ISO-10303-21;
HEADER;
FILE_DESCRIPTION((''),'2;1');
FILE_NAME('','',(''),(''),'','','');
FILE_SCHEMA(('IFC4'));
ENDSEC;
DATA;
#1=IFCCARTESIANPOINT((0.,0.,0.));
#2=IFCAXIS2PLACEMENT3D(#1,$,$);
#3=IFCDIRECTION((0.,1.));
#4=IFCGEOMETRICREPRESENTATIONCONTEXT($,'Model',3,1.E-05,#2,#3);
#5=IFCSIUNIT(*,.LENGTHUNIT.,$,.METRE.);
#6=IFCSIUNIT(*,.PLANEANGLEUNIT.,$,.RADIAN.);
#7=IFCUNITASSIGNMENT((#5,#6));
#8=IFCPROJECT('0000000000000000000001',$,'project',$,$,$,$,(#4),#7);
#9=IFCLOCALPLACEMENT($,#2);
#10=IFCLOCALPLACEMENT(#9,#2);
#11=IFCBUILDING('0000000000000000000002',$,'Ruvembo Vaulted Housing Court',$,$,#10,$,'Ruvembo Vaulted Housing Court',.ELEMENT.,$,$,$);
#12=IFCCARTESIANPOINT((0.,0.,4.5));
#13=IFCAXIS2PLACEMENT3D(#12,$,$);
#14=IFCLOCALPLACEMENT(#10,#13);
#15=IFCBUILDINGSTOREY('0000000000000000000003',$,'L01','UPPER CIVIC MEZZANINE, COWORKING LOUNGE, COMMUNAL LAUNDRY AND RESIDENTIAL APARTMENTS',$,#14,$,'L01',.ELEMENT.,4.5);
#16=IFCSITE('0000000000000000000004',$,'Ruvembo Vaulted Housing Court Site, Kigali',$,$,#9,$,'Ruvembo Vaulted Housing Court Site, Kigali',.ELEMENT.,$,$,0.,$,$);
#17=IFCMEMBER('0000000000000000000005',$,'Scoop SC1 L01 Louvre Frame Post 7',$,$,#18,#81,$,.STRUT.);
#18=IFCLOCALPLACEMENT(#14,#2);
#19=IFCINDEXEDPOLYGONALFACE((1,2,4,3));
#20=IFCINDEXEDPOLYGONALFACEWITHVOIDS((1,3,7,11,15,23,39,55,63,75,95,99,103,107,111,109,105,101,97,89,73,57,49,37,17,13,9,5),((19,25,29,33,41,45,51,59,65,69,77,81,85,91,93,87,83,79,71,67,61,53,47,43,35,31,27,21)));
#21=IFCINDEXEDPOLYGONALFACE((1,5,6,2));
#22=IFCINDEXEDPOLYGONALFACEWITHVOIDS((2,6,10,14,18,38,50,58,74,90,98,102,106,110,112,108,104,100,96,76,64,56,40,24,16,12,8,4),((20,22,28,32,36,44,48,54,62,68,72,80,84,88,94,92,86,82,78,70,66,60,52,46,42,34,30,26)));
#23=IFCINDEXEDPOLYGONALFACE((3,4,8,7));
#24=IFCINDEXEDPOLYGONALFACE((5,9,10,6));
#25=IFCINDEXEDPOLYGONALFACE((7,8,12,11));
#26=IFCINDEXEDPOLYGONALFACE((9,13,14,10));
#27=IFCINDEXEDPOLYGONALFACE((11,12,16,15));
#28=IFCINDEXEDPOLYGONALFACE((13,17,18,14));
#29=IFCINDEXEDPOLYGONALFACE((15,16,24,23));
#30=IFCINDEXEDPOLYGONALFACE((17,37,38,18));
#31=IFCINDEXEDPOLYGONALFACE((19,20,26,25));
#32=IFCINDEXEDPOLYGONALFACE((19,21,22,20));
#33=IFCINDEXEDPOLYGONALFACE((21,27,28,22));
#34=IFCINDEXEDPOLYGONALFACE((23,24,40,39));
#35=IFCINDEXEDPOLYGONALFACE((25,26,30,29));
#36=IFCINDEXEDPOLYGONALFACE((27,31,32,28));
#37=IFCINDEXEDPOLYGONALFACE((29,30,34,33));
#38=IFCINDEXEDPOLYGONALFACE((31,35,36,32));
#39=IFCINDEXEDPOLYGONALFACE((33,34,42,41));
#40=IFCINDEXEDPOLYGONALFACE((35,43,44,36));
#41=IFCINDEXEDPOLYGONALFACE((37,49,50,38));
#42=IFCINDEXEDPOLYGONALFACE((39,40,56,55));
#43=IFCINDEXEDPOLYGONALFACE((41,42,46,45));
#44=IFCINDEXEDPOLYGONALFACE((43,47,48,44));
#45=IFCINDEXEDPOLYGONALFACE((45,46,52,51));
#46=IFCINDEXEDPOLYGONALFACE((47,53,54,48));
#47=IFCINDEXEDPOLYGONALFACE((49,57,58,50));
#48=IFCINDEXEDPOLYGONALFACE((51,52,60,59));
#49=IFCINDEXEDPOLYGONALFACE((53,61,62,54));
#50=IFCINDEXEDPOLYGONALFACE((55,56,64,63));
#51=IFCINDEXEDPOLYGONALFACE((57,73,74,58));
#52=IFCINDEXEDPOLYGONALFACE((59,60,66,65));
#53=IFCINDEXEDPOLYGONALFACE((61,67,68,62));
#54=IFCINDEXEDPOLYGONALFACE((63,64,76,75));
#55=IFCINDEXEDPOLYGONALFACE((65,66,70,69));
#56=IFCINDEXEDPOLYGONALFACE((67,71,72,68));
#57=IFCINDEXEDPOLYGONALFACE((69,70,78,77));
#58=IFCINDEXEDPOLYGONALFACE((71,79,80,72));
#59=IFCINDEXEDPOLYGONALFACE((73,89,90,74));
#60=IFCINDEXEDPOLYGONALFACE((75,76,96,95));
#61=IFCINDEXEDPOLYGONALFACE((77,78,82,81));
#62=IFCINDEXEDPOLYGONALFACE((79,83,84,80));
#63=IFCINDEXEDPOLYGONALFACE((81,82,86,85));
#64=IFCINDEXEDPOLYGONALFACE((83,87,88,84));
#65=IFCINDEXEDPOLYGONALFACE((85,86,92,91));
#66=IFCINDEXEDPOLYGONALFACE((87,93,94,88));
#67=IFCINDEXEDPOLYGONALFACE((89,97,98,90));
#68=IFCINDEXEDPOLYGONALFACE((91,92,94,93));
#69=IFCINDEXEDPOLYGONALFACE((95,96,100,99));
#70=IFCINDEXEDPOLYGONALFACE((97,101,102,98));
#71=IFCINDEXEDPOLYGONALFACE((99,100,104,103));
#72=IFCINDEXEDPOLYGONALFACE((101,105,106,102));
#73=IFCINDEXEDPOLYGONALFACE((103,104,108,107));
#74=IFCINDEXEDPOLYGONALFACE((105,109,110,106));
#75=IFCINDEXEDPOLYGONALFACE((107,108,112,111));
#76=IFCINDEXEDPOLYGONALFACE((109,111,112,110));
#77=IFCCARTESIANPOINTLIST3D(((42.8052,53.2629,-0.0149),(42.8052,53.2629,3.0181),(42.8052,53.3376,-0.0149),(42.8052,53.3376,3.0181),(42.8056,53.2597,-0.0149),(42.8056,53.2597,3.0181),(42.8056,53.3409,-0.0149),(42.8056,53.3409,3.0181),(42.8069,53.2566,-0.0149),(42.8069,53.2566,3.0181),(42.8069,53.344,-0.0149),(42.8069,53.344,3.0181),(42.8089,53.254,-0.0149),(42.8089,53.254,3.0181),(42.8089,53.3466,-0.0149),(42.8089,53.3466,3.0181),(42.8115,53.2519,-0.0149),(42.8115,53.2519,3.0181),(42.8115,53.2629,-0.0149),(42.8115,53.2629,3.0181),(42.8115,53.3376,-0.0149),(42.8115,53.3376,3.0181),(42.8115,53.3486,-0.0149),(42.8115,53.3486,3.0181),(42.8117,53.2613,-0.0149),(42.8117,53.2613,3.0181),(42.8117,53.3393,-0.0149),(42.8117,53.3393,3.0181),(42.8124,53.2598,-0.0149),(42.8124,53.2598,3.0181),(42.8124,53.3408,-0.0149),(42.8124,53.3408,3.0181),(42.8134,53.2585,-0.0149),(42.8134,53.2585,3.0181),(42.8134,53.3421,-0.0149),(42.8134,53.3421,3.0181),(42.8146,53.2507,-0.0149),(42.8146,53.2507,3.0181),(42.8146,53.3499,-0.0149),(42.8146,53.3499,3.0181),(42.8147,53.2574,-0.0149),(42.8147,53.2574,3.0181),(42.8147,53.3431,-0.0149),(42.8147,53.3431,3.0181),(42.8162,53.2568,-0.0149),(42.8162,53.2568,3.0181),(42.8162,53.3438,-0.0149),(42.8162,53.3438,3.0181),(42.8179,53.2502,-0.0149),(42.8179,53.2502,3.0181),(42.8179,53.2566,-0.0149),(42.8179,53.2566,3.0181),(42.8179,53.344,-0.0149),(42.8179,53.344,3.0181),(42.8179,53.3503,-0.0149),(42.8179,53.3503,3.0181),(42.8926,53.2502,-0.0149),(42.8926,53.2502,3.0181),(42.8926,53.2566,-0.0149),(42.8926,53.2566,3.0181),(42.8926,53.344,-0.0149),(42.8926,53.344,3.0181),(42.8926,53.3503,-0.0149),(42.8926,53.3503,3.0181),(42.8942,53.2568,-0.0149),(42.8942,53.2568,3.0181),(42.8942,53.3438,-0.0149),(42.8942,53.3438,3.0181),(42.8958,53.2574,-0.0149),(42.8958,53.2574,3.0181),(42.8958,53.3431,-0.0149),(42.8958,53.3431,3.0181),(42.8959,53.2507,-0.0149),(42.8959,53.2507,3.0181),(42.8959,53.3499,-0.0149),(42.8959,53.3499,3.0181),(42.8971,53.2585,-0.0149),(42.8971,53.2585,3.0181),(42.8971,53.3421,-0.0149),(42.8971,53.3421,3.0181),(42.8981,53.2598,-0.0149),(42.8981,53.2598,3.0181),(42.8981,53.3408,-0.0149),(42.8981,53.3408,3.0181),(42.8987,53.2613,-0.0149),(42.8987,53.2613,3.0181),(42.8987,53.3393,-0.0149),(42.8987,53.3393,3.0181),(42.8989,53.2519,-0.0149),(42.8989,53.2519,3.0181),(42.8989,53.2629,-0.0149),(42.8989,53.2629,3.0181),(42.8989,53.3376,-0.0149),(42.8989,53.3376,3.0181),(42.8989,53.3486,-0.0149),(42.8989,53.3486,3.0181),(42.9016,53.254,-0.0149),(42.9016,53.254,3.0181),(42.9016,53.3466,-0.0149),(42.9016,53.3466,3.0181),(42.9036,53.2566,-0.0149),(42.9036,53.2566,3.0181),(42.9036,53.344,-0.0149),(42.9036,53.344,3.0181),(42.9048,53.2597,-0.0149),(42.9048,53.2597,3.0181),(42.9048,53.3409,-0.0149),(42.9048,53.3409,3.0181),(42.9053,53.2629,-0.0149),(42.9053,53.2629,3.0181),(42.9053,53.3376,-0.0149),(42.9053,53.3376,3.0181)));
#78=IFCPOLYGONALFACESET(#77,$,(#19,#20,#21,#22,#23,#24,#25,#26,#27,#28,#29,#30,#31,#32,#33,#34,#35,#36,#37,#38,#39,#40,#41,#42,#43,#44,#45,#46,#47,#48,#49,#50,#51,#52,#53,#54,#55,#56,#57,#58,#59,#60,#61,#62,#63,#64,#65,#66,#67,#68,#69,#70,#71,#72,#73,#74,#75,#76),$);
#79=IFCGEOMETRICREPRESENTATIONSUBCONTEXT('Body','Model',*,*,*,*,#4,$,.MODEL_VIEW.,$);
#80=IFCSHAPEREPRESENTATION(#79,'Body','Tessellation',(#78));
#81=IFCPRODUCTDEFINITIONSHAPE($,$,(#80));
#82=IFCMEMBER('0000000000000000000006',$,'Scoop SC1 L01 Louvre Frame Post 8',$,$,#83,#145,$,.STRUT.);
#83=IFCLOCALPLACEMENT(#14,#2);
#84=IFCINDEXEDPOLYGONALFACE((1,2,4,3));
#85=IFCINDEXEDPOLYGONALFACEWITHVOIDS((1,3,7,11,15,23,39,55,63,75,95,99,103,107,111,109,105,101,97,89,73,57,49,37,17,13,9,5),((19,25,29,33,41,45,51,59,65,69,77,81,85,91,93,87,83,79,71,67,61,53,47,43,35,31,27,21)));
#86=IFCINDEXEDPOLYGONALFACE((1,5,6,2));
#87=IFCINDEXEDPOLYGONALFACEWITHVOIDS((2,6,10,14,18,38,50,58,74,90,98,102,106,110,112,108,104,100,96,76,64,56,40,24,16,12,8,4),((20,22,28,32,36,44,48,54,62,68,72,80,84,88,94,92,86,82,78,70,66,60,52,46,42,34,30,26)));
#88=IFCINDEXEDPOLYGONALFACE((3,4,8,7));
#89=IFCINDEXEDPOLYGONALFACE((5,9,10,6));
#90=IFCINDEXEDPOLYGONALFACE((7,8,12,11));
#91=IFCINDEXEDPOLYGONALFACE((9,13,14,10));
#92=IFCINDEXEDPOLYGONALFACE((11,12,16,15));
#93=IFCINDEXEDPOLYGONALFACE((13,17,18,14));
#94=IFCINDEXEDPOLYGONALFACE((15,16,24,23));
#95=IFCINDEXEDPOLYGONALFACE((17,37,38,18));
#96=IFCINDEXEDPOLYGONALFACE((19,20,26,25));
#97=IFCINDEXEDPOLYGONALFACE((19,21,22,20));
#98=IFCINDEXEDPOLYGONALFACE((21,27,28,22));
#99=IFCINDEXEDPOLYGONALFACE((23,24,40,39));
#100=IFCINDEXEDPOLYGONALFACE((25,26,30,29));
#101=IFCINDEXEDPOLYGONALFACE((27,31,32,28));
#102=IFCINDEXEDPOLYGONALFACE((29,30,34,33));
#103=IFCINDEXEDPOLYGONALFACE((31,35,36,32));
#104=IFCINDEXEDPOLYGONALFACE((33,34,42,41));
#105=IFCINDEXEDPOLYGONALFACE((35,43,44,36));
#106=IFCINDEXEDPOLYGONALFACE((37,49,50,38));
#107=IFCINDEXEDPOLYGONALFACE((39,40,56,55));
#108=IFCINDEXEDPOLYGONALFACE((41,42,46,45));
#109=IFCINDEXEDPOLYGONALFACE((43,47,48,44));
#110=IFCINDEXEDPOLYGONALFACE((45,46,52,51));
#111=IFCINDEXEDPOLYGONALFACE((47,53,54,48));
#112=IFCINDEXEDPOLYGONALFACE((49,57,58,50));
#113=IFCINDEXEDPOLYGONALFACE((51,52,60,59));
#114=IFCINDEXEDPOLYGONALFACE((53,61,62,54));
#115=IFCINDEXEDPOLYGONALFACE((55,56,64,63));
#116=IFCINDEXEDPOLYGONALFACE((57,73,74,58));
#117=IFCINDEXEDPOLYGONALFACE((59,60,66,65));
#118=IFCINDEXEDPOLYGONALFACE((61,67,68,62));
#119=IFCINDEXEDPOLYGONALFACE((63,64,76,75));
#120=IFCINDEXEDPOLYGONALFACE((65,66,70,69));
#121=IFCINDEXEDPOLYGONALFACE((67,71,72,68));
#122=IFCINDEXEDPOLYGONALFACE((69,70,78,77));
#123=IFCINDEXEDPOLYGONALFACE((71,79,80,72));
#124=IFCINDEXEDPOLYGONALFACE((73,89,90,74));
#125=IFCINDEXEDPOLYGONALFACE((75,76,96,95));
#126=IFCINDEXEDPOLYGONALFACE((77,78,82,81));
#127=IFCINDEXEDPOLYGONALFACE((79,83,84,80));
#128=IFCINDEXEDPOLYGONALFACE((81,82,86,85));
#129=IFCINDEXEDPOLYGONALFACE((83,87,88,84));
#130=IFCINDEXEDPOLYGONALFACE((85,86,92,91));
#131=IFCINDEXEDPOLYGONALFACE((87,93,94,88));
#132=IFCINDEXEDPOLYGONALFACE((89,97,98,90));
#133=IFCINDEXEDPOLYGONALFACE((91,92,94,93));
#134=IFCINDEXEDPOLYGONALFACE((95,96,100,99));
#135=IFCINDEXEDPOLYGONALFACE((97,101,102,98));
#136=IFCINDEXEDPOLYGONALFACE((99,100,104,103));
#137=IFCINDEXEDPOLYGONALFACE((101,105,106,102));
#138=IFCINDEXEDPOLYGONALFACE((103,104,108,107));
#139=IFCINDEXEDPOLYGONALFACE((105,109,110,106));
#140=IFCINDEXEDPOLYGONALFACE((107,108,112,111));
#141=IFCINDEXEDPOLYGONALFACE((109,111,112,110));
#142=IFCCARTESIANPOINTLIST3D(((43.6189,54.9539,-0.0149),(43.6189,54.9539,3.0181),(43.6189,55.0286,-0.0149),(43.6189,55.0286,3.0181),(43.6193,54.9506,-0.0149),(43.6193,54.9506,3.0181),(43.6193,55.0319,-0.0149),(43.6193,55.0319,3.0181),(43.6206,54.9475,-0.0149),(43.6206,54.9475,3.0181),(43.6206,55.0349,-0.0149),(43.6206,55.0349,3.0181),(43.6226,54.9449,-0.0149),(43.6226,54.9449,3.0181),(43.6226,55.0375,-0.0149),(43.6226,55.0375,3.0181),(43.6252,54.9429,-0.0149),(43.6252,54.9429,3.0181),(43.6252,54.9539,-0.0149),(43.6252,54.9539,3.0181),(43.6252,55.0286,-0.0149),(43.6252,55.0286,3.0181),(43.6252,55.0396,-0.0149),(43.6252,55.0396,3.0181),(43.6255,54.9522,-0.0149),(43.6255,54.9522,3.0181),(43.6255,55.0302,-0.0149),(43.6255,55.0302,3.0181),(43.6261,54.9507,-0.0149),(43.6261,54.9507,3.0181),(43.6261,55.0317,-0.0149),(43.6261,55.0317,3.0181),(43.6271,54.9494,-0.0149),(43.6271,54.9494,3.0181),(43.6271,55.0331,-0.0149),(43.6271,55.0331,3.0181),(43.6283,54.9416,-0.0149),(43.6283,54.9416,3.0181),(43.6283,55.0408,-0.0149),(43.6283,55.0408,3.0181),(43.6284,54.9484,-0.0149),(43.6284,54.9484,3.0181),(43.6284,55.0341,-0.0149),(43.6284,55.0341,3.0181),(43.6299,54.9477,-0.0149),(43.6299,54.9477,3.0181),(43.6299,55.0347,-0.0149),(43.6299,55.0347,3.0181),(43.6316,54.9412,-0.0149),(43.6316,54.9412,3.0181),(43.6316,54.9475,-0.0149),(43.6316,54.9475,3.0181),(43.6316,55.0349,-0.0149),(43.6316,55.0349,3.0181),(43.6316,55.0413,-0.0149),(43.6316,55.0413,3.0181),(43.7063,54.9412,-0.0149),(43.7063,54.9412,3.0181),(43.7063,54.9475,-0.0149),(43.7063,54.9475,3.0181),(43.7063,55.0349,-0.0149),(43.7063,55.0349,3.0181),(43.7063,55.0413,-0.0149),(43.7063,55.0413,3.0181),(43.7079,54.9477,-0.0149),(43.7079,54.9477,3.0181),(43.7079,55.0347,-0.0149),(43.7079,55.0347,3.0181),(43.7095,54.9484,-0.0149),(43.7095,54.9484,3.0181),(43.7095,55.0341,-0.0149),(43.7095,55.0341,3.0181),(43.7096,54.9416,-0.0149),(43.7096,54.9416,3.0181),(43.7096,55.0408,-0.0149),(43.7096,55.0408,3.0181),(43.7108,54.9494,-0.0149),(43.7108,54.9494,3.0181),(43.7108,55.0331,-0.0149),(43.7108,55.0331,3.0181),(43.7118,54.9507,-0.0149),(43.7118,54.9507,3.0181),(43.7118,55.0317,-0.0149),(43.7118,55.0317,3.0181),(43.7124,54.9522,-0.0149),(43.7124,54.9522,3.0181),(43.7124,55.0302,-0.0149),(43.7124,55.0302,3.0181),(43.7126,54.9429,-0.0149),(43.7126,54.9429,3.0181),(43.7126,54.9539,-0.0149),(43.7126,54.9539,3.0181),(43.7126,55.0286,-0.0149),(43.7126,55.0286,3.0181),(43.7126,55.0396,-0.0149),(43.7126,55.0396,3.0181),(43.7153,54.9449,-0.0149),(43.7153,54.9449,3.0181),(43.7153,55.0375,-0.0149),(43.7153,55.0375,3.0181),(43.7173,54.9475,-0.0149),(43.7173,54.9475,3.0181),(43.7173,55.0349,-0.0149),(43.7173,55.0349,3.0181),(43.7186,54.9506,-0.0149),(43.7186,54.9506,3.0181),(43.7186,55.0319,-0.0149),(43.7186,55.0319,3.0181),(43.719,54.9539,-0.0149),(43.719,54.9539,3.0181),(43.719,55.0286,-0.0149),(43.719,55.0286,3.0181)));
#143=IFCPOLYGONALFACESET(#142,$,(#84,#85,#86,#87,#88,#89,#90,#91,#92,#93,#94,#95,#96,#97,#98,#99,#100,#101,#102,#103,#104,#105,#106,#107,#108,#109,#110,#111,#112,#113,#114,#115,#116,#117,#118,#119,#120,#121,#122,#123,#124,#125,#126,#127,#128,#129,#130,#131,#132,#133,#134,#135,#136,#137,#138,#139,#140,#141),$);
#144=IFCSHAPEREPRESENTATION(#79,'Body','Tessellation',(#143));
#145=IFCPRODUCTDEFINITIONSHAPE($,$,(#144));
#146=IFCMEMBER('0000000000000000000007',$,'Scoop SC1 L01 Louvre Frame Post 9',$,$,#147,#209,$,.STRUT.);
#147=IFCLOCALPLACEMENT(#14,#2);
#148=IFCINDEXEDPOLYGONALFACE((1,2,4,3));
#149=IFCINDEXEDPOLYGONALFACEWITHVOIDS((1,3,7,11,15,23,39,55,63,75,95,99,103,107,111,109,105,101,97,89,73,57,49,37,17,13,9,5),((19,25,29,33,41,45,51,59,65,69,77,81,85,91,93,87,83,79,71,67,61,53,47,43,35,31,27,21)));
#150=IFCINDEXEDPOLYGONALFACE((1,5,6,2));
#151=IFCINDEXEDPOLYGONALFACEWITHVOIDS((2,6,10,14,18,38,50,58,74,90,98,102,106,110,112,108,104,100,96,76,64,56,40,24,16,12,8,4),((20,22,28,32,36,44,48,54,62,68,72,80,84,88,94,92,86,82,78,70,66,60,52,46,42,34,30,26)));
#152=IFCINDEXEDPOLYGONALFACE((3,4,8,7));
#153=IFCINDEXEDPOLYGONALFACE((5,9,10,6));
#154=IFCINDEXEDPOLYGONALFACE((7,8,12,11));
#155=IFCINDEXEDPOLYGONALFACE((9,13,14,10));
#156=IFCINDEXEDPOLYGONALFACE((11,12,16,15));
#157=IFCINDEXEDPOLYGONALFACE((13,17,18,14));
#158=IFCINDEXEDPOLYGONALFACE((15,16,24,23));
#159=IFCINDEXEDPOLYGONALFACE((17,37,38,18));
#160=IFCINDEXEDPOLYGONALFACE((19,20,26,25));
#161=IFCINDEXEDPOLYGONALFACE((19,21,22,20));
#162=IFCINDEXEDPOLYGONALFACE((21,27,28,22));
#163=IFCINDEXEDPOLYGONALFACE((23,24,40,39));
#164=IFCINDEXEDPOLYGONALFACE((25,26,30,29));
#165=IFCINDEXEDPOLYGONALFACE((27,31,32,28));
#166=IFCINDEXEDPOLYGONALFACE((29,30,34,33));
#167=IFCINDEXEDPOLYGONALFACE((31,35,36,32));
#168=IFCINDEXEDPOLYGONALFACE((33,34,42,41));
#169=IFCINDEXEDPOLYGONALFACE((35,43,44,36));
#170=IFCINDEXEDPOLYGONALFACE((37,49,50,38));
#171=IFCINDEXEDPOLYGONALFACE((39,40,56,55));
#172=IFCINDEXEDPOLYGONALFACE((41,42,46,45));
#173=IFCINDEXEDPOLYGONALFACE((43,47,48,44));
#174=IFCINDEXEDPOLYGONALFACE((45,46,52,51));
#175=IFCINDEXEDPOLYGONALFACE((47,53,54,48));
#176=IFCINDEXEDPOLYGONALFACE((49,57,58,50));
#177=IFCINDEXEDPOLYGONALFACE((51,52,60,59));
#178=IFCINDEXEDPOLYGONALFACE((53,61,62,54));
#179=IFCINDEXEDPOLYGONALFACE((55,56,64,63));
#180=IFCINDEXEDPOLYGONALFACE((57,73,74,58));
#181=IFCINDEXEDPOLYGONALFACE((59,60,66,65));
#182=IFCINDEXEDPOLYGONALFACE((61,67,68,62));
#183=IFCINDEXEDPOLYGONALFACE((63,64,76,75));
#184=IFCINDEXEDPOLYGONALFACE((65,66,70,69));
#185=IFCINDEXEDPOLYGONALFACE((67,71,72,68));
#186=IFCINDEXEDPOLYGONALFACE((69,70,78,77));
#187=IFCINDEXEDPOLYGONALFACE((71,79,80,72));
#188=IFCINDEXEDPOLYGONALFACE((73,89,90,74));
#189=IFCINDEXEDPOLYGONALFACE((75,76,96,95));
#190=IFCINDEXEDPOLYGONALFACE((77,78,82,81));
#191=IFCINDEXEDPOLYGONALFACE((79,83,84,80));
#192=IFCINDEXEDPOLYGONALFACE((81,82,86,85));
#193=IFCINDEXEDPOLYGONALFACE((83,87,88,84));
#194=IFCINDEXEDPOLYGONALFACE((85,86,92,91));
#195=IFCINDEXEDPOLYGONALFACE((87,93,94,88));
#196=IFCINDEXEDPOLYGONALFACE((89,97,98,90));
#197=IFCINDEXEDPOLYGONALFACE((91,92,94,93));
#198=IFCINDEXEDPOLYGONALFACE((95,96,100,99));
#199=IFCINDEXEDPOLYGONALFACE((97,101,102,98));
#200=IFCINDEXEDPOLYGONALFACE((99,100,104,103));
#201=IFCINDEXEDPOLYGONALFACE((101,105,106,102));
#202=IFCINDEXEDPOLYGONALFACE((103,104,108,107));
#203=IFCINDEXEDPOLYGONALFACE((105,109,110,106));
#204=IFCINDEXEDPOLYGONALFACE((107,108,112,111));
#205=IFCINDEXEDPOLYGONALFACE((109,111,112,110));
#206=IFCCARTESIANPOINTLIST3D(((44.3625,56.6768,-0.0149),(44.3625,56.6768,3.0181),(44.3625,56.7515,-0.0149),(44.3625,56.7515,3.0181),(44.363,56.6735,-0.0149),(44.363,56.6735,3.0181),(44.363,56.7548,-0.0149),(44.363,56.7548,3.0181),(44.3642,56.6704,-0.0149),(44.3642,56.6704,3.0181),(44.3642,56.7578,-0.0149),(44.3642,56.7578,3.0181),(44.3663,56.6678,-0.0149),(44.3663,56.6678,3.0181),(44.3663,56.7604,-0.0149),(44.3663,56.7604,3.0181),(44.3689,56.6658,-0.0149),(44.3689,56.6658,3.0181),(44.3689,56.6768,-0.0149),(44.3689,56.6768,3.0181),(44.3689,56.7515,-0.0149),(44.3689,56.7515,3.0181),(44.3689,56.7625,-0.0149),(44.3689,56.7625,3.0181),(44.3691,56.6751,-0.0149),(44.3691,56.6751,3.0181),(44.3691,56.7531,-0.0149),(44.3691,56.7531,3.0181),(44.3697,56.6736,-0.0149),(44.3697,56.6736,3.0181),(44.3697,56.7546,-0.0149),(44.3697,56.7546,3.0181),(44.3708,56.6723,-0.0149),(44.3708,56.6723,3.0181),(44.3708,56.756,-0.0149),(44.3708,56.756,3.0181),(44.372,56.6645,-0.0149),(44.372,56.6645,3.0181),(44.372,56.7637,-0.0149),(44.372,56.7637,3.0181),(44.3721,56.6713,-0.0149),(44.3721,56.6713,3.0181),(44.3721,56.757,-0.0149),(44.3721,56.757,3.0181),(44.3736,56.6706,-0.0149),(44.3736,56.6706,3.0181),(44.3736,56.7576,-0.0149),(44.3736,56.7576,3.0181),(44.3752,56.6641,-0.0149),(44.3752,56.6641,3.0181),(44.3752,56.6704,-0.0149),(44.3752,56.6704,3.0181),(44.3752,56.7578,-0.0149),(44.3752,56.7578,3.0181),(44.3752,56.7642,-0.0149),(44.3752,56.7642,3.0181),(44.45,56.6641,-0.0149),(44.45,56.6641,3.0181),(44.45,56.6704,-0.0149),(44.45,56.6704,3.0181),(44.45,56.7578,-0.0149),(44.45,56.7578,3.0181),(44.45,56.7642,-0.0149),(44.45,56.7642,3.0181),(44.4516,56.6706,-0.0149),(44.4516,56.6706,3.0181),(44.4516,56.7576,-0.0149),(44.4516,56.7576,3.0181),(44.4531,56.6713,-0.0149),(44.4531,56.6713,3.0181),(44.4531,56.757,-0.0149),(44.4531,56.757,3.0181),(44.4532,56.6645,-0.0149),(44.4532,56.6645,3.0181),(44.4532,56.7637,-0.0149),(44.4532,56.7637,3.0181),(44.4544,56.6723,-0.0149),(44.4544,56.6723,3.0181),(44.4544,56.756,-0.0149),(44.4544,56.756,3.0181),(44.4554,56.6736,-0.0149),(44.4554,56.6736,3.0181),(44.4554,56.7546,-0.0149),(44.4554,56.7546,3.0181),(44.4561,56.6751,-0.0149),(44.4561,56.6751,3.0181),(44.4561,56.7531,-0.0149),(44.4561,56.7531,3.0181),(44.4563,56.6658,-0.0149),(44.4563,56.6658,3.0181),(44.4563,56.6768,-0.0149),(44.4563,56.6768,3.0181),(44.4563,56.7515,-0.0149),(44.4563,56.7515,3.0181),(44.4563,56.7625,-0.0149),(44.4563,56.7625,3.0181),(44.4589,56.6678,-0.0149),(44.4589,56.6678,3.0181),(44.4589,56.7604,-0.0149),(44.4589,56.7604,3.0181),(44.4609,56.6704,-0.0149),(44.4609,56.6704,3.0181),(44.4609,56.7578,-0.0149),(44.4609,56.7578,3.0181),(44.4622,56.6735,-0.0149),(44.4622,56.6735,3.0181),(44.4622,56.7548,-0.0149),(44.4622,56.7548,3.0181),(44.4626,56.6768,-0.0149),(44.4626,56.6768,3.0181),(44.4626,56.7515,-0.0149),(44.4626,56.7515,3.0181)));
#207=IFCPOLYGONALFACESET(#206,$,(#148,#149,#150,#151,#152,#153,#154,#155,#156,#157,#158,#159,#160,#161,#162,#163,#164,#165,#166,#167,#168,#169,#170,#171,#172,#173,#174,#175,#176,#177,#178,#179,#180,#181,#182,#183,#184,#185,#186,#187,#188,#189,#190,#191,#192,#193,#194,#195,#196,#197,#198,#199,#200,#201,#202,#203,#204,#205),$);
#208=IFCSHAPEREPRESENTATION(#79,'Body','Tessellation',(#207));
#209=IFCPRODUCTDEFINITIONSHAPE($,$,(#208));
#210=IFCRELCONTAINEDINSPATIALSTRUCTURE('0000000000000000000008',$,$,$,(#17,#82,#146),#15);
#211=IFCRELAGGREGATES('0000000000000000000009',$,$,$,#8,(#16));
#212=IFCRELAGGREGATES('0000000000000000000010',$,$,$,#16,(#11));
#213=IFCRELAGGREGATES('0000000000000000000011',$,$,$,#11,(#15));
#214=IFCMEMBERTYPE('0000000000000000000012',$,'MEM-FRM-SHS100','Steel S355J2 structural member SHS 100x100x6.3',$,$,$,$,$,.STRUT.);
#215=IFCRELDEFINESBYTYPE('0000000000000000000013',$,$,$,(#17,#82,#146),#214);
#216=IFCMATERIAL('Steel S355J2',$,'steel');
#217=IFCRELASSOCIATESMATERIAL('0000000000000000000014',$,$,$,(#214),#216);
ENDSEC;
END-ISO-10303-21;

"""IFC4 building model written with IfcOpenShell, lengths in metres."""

from ifc_helpers import new_model, si_unit, direction, frame, origin, origin_2d, place, context, subcontext, project, spatial, hollow_rectangle, extrude, material, material_profile, profile_set, type_object, element, save


model = new_model("IFC4")

# Units and contexts
model_context = context("Model", 3, precision=1e-05, world=origin(), true_north=direction((0.0, 1.0)))
body_context = subcontext(model_context, "Body", "Model", "MODEL_VIEW")
ifc_project = project(units=[si_unit("LENGTHUNIT", "METRE"), si_unit("PLANEANGLEUNIT", "RADIAN")], contexts=[model_context])

# Site, building, storey
site_placement = place(None, origin())
site = spatial("IfcSite", under=ifc_project, at=site_placement, Name="Ruvembo Vaulted Housing Court Site, Kigali", LongName="Ruvembo Vaulted Housing Court Site, Kigali", CompositionType="ELEMENT", RefElevation=0.0)
building_placement = place(site_placement, origin())
building = spatial("IfcBuilding", under=site, at=building_placement, Name="Ruvembo Vaulted Housing Court", LongName="Ruvembo Vaulted Housing Court", CompositionType="ELEMENT")
storey_placement = place(building_placement, frame((0.0, 0.0, 4.5)))
storey = spatial("IfcBuildingStorey", under=building, at=storey_placement, Name="L01", Description="UPPER CIVIC MEZZANINE, COWORKING LOUNGE, COMMUNAL LAUNDRY AND RESIDENTIAL APARTMENTS", LongName="L01", CompositionType="ELEMENT", Elevation=4.5)

# Shared definitions
ifc_material_1 = material(Name="Steel S355J2", Category="steel")

# Members
ifc_material_profile_1 = material_profile(ifc_material_1, hollow_rectangle(XDim=0.1001, YDim=0.1001, WallThickness=0.0063, InnerFilletRadius=0.0063, OuterFilletRadius=0.0127, at=origin_2d()), Name="SHS 100x100x6.3")
ifc_profile_set_1 = profile_set([ifc_material_profile_1], Name="Steel S355J2")
member_type_1 = type_object("IfcMemberType", Name="MEM-FRM-SHS100", Description="Steel S355J2 structural member SHS 100x100x6.3", PredefinedType="STRUT", material=ifc_profile_set_1)
for number, where, z_axis, x_axis, name in (
    (1, (42.8552, 53.3003, -0.0149), (0.0, 0.0, 1.0), (1.0, 0.0, 0.0), "Scoop SC1 L01 Louvre Frame Post 7"),
    (2, (43.6689, 54.9912, -0.0149), (0.0, 0.0, 1.0), (1.0, 0.0, 0.0), "Scoop SC1 L01 Louvre Frame Post 8"),
    (3, (44.4126, 56.7141, -0.0149), (0.0, 0.0, 1.0), (1.0, 0.0, 0.0), "Scoop SC1 L01 Louvre Frame Post 9"),
):
    element("IfcMember", number, at=place(storey_placement, frame(where, z_axis=z_axis, x_axis=x_axis)), inside=storey, type_object=member_type_1, Name=name, PredefinedType="STRUT", context=body_context, shape_type="SweptSolid", body=[
        extrude(hollow_rectangle(XDim=0.1001, YDim=0.1001, WallThickness=0.0063, InnerFilletRadius=0.0063, OuterFilletRadius=0.0127, at=origin_2d()), origin(), (0.0, 0.0, 1.0), 3.033),
    ])

save(model, "model.ifc")
